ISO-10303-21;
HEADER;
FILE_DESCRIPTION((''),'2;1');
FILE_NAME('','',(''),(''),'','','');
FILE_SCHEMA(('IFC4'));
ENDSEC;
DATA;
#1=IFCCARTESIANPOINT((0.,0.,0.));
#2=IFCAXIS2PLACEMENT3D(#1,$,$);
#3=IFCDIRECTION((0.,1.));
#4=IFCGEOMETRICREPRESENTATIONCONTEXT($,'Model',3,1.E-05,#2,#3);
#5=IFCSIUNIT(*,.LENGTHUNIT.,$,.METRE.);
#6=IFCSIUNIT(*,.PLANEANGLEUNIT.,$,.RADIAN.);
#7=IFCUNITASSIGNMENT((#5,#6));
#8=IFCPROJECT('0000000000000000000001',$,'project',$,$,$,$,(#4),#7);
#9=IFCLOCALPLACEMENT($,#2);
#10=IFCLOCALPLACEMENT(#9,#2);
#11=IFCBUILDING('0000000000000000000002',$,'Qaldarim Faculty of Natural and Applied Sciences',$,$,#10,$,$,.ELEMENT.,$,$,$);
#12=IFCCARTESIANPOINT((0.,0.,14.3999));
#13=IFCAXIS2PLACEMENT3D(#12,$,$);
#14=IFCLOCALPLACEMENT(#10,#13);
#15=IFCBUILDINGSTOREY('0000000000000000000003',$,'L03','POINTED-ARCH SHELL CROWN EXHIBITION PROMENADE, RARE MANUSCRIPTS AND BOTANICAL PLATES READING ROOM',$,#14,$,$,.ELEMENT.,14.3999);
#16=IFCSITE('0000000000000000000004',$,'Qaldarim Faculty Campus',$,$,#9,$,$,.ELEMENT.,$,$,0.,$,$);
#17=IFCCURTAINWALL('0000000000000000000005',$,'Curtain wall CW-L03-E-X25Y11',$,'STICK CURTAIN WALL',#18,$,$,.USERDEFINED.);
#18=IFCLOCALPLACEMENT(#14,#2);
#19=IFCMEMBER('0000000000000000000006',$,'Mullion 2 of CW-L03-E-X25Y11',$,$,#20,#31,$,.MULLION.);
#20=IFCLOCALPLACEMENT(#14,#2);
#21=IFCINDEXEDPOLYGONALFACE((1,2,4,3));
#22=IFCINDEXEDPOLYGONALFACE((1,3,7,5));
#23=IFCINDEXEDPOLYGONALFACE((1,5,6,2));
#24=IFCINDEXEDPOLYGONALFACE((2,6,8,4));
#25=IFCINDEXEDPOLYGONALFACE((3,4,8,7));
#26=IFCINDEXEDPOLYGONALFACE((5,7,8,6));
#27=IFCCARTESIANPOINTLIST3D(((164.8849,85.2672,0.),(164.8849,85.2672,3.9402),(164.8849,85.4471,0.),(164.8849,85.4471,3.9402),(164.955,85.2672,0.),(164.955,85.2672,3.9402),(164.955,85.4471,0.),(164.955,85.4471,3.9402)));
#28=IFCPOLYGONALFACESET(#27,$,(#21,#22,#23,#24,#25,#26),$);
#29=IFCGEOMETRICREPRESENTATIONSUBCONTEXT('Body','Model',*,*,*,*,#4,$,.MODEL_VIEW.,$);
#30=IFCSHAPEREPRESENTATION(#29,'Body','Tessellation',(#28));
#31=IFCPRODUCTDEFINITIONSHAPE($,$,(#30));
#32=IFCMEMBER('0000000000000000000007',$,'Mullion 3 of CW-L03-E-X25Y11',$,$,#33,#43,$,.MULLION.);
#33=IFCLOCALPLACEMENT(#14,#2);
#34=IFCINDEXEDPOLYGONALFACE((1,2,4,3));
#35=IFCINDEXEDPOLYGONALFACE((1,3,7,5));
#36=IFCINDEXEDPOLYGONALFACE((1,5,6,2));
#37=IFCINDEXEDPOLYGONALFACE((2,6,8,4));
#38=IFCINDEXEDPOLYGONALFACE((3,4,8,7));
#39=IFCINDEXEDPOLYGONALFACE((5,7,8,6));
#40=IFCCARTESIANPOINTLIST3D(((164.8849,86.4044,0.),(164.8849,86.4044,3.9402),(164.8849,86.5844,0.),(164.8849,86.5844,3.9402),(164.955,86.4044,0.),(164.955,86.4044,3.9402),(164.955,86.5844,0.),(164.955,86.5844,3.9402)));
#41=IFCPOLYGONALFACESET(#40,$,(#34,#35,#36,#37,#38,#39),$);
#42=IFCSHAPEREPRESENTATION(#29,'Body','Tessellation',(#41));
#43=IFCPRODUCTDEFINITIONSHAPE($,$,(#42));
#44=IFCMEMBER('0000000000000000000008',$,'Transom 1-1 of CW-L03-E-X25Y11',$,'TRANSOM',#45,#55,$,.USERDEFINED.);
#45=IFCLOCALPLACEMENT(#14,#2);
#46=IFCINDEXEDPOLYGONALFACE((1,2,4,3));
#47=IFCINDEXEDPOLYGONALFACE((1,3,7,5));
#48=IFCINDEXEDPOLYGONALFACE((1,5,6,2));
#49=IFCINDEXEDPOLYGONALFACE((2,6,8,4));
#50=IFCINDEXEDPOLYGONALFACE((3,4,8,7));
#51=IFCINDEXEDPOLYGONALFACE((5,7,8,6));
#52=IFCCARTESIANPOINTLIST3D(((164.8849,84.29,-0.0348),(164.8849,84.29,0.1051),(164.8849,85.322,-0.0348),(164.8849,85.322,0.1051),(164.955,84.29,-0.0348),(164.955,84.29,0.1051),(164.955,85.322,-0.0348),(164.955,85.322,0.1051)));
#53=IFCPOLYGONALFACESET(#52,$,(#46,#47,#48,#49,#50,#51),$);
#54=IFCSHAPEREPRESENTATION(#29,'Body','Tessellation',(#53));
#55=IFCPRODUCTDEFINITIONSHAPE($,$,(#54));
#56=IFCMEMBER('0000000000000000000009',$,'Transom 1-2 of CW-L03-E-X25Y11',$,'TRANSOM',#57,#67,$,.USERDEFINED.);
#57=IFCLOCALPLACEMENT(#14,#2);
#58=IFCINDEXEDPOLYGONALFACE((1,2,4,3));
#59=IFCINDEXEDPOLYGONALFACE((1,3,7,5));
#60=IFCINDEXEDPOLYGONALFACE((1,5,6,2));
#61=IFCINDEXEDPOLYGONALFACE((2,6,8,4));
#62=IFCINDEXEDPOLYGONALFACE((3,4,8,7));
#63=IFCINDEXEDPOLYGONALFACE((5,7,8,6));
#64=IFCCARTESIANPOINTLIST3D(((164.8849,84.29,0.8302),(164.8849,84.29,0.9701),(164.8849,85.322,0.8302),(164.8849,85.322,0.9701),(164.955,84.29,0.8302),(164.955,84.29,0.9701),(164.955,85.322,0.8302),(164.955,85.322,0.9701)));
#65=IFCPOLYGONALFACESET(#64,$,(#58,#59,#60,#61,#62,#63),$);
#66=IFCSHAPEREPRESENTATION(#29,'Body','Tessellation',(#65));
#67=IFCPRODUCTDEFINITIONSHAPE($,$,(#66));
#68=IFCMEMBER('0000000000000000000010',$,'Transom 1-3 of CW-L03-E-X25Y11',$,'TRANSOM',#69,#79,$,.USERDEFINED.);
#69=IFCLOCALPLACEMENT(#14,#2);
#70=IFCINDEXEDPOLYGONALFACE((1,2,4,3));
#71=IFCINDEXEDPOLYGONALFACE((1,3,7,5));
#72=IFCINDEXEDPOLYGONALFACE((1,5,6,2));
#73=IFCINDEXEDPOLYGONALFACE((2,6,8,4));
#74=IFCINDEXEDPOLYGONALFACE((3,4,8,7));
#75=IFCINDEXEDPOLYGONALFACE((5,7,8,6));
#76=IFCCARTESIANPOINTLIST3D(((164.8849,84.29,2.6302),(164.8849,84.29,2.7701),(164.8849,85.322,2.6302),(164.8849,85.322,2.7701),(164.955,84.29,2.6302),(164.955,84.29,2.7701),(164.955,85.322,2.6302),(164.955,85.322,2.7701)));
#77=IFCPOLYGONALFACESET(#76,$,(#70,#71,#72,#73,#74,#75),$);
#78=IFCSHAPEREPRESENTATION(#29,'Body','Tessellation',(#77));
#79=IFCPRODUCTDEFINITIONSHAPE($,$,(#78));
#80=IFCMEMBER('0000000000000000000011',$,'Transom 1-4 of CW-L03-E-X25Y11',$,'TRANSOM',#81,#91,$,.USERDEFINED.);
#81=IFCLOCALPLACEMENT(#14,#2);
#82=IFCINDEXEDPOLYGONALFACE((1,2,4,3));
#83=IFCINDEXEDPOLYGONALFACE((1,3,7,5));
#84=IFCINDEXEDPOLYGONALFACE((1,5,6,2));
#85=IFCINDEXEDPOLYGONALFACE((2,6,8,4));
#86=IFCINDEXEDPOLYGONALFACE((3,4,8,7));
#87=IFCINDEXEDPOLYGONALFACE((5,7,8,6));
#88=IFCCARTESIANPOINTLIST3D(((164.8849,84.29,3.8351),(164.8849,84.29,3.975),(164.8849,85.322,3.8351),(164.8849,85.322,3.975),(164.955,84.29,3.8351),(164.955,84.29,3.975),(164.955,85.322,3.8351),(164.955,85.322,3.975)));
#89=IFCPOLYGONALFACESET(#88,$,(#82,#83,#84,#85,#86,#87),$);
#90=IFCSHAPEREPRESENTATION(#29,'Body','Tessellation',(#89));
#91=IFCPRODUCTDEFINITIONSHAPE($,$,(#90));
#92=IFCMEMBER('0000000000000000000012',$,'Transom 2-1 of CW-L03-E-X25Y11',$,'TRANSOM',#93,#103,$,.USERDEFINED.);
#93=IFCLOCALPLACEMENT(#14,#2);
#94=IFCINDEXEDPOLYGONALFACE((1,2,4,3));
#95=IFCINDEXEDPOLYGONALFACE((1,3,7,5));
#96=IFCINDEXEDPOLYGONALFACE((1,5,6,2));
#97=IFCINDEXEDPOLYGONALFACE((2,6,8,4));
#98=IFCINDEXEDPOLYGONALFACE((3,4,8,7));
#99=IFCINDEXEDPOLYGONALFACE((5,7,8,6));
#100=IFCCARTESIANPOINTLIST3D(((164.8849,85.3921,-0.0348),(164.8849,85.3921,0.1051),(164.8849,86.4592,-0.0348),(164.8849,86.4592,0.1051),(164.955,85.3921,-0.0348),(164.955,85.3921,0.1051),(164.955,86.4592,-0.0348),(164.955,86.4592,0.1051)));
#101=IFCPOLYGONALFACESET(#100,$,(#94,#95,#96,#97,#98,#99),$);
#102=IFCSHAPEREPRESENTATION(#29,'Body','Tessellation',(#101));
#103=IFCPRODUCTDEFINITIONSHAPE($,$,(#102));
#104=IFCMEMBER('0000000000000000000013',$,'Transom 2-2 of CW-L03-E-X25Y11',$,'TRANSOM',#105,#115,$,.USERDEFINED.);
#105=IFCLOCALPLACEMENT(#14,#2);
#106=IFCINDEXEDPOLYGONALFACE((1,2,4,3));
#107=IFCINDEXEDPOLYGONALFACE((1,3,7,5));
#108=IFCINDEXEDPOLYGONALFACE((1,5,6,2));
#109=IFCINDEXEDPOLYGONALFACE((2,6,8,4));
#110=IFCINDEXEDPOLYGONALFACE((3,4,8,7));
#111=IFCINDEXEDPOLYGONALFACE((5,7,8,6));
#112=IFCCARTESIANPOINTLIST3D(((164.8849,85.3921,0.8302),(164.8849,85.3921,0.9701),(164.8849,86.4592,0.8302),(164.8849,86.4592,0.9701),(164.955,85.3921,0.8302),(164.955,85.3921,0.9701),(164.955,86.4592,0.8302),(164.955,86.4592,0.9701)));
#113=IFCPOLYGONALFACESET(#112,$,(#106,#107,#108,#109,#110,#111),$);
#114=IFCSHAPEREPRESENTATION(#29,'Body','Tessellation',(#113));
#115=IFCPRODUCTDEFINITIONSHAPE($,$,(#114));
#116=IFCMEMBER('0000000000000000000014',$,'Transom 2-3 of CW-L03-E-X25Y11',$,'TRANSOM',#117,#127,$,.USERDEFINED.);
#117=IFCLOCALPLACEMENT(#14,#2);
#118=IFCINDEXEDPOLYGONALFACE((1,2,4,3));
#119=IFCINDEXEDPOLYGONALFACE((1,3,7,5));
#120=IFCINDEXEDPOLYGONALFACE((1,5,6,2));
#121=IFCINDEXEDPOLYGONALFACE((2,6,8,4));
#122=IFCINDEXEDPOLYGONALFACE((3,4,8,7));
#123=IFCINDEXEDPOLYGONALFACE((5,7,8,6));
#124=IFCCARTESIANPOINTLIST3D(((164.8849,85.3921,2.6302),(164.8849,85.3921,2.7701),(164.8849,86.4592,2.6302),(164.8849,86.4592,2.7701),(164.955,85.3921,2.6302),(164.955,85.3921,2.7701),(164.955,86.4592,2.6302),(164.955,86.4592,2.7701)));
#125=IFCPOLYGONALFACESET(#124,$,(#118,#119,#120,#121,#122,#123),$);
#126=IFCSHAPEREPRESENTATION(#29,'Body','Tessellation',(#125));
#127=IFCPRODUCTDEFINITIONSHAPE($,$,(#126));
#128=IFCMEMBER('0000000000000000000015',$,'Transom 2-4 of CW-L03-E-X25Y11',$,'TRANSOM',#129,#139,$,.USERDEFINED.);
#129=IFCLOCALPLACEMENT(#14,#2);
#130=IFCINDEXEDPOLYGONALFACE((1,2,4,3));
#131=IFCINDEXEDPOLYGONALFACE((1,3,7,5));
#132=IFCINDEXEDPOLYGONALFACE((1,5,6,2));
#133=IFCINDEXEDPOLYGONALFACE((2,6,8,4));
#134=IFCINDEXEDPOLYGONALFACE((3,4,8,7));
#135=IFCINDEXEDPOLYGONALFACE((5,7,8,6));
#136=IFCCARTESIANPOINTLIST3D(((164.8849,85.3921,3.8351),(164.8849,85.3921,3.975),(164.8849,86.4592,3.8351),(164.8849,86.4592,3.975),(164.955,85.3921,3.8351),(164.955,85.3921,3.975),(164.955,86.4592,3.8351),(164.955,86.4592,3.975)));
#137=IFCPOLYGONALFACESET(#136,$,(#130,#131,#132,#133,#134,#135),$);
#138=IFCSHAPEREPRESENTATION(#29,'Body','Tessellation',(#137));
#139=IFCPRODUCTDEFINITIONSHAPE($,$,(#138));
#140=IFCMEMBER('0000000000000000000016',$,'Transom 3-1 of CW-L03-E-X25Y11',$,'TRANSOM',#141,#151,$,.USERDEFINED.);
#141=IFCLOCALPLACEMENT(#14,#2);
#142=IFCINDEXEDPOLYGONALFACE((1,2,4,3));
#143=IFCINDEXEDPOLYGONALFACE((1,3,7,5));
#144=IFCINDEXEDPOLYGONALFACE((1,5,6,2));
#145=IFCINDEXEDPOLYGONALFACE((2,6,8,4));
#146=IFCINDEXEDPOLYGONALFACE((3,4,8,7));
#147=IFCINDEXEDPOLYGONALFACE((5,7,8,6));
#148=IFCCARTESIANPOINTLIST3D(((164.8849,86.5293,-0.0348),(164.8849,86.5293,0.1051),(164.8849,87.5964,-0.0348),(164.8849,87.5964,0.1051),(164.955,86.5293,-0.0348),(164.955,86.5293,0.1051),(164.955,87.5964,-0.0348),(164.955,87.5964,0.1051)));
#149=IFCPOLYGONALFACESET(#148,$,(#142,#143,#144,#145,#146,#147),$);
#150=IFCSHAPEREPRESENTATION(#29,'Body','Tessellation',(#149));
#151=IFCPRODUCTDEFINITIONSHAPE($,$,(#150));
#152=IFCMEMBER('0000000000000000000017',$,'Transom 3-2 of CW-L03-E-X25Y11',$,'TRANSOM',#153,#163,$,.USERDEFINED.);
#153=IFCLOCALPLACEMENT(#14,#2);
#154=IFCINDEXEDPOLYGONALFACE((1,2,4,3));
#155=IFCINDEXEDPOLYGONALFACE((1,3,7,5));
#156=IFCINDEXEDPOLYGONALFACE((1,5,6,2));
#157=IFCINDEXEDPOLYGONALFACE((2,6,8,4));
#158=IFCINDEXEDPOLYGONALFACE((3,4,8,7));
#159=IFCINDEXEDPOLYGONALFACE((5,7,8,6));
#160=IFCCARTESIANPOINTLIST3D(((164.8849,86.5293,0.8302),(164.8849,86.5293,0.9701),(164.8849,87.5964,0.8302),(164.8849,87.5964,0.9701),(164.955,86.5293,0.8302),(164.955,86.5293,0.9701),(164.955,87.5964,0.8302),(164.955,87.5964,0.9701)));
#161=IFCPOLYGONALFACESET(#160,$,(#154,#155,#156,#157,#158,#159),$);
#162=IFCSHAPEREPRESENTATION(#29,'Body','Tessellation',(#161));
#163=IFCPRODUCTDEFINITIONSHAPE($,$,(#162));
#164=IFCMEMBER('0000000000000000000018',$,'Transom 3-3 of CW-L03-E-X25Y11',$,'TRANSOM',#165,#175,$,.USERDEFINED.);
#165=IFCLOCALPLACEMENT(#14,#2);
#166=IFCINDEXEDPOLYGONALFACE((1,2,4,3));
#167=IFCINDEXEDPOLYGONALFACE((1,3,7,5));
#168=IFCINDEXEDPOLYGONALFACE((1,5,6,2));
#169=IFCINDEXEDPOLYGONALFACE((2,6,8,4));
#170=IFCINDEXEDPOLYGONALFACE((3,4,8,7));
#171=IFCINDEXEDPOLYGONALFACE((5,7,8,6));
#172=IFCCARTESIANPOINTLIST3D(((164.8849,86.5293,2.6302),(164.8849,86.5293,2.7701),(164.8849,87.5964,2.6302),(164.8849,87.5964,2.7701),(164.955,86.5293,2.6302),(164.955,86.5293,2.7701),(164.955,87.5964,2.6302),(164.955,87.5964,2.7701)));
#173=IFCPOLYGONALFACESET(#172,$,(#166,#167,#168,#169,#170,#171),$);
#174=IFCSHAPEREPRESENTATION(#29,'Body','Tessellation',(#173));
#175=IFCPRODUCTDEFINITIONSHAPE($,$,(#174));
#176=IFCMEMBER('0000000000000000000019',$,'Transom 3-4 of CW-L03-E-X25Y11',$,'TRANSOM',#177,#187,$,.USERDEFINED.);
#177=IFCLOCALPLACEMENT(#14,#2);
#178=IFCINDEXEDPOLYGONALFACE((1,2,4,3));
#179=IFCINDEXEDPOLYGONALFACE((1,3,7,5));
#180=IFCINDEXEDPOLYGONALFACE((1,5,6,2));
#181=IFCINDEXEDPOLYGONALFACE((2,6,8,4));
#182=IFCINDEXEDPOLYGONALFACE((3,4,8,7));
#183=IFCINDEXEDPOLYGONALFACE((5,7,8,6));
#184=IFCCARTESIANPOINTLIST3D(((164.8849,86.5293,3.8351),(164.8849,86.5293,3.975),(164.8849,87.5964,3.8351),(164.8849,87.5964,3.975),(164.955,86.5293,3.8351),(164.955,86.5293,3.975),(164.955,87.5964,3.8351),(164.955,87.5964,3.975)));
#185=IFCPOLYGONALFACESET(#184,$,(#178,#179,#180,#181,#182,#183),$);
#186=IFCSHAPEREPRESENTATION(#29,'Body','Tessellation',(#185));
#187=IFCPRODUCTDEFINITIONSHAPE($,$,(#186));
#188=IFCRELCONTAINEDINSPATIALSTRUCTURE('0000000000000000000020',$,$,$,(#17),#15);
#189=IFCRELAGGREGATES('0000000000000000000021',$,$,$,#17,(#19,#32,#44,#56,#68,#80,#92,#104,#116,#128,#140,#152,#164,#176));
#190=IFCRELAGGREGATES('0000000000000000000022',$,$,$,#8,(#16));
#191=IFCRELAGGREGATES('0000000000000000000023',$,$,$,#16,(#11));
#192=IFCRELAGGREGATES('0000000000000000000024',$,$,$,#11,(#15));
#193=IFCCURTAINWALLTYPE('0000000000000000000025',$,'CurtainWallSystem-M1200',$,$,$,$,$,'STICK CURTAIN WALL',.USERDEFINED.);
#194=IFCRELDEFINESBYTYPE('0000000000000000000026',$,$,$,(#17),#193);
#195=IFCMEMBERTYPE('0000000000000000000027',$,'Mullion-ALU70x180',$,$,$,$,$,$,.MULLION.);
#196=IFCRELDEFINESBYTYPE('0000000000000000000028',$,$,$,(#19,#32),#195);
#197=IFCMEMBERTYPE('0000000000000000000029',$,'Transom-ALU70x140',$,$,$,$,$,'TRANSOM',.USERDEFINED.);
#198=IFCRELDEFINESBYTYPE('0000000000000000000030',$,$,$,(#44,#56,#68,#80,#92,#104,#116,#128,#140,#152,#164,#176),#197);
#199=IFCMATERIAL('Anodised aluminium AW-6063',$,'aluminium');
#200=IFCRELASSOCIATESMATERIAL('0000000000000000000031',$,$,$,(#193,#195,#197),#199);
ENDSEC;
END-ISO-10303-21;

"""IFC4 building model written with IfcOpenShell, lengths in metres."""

from ifc_helpers import new_model, si_unit, direction, frame, origin, origin_2d, place, context, subcontext, project, spatial, rectangle, extrude, material, material_profile, profile_set, type_object, element, aggregate, save


model = new_model("IFC4")

# Units and contexts
model_context = context("Model", 3, precision=1e-05, world=origin(), true_north=direction((0.0, 1.0)))
body_context = subcontext(model_context, "Body", "Model", "MODEL_VIEW")
ifc_project = project(units=[si_unit("LENGTHUNIT", "METRE"), si_unit("PLANEANGLEUNIT", "RADIAN")], contexts=[model_context])

# Site, building, storey
site_placement = place(None, origin())
site = spatial("IfcSite", under=ifc_project, at=site_placement, Name="Qaldarim Faculty Campus", CompositionType="ELEMENT", RefElevation=0.0)
building_placement = place(site_placement, origin())
building = spatial("IfcBuilding", under=site, at=building_placement, Name="Qaldarim Faculty of Natural and Applied Sciences", CompositionType="ELEMENT")
storey_placement = place(building_placement, frame((0.0, 0.0, 14.3999)))
storey = spatial("IfcBuildingStorey", under=building, at=storey_placement, Name="L03", Description="POINTED-ARCH SHELL CROWN EXHIBITION PROMENADE, RARE MANUSCRIPTS AND BOTANICAL PLATES READING ROOM", CompositionType="ELEMENT", Elevation=14.3999)

# Curtain wall, members
ifc_material_1 = material(Name="Anodised aluminium AW-6063", Category="aluminium")
curtain_wall_type = type_object("IfcCurtainWallType", Name="CurtainWallSystem-M1200", ElementType="STICK CURTAIN WALL", PredefinedType="USERDEFINED", material=ifc_material_1)
curtain_wall_placement = place(storey_placement, origin())
curtain_wall = element("IfcCurtainWall", 1, at=curtain_wall_placement, inside=storey, type_object=curtain_wall_type, Name="Curtain wall CW-L03-E-X25Y11", ObjectType="STICK CURTAIN WALL", PredefinedType="USERDEFINED")
ifc_material_profile_1 = material_profile(ifc_material_1, rectangle(XDim=0.0701, YDim=0.1799, at=origin_2d()), Name="ALU-M70x180")
ifc_profile_set_1 = profile_set([ifc_material_profile_1], Name="Anodised aluminium AW-6063")
member_type_1 = type_object("IfcMemberType", Name="Mullion-ALU70x180", PredefinedType="MULLION", material=ifc_profile_set_1)
member_1_placement = place(storey_placement, frame((164.9199, 85.3572, 0.0), z_axis=(0.0, 0.0, 1.0), x_axis=(-1.0, 0.0, 0.0)))
member_1 = element("IfcMember", 2, at=member_1_placement, type_object=member_type_1, Name="Mullion 2 of CW-L03-E-X25Y11", PredefinedType="MULLION", context=body_context, shape_type="SweptSolid", body=[
    extrude(rectangle(XDim=0.0701, YDim=0.1799, at=origin_2d()), origin(), (0.0, 0.0, 1.0), 3.9402),
])
member_2_placement = place(storey_placement, frame((164.9199, 86.4944, 0.0), z_axis=(0.0, 0.0, 1.0), x_axis=(-1.0, 0.0, 0.0)))
member_2 = element("IfcMember", 3, at=member_2_placement, type_object=member_type_1, Name="Mullion 3 of CW-L03-E-X25Y11", PredefinedType="MULLION", context=body_context, shape_type="SweptSolid", body=[
    extrude(rectangle(XDim=0.0701, YDim=0.1799, at=origin_2d()), origin(), (0.0, 0.0, 1.0), 3.9402),
])
ifc_material_profile_2 = material_profile(ifc_material_1, rectangle(XDim=0.0701, YDim=0.1399, at=origin_2d()), Name="ALU-T70x140")
ifc_profile_set_2 = profile_set([ifc_material_profile_2], Name="Anodised aluminium AW-6063")
member_type_2 = type_object("IfcMemberType", Name="Transom-ALU70x140", ElementType="TRANSOM", PredefinedType="USERDEFINED", material=ifc_profile_set_2)
member_3_placement = place(storey_placement, frame((164.9199, 84.29, 0.0352), z_axis=(0.0, 1.0, 0.0), x_axis=(-1.0, 0.0, 0.0)))
member_3 = element("IfcMember", 4, at=member_3_placement, type_object=member_type_2, Name="Transom 1-1 of CW-L03-E-X25Y11", ObjectType="TRANSOM", PredefinedType="USERDEFINED", context=body_context, shape_type="SweptSolid", body=[
    extrude(rectangle(XDim=0.0701, YDim=0.1399, at=origin_2d()), origin(), (0.0, 0.0, 1.0), 1.032),
])
member_4_placement = place(storey_placement, frame((164.9199, 84.29, 0.9001), z_axis=(0.0, 1.0, 0.0), x_axis=(-1.0, 0.0, 0.0)))
member_4 = element("IfcMember", 5, at=member_4_placement, type_object=member_type_2, Name="Transom 1-2 of CW-L03-E-X25Y11", ObjectType="TRANSOM", PredefinedType="USERDEFINED", context=body_context, shape_type="SweptSolid", body=[
    extrude(rectangle(XDim=0.0701, YDim=0.1399, at=origin_2d()), origin(), (0.0, 0.0, 1.0), 1.032),
])
member_5_placement = place(storey_placement, frame((164.9199, 84.29, 2.7002), z_axis=(0.0, 1.0, 0.0), x_axis=(-1.0, 0.0, 0.0)))
member_5 = element("IfcMember", 6, at=member_5_placement, type_object=member_type_2, Name="Transom 1-3 of CW-L03-E-X25Y11", ObjectType="TRANSOM", PredefinedType="USERDEFINED", context=body_context, shape_type="SweptSolid", body=[
    extrude(rectangle(XDim=0.0701, YDim=0.1399, at=origin_2d()), origin(), (0.0, 0.0, 1.0), 1.032),
])
member_6_placement = place(storey_placement, frame((164.9199, 84.29, 3.905), z_axis=(0.0, 1.0, 0.0), x_axis=(-1.0, 0.0, 0.0)))
member_6 = element("IfcMember", 7, at=member_6_placement, type_object=member_type_2, Name="Transom 1-4 of CW-L03-E-X25Y11", ObjectType="TRANSOM", PredefinedType="USERDEFINED", context=body_context, shape_type="SweptSolid", body=[
    extrude(rectangle(XDim=0.0701, YDim=0.1399, at=origin_2d()), origin(), (0.0, 0.0, 1.0), 1.032),
])
member_7_placement = place(storey_placement, frame((164.9199, 85.3921, 0.0352), z_axis=(0.0, 1.0, 0.0), x_axis=(-1.0, 0.0, 0.0)))
member_7 = element("IfcMember", 8, at=member_7_placement, type_object=member_type_2, Name="Transom 2-1 of CW-L03-E-X25Y11", ObjectType="TRANSOM", PredefinedType="USERDEFINED", context=body_context, shape_type="SweptSolid", body=[
    extrude(rectangle(XDim=0.0701, YDim=0.1399, at=origin_2d()), origin(), (0.0, 0.0, 1.0), 1.0671),
])
member_8_placement = place(storey_placement, frame((164.9199, 85.3921, 0.9001), z_axis=(0.0, 1.0, 0.0), x_axis=(-1.0, 0.0, 0.0)))
member_8 = element("IfcMember", 9, at=member_8_placement, type_object=member_type_2, Name="Transom 2-2 of CW-L03-E-X25Y11", ObjectType="TRANSOM", PredefinedType="USERDEFINED", context=body_context, shape_type="SweptSolid", body=[
    extrude(rectangle(XDim=0.0701, YDim=0.1399, at=origin_2d()), origin(), (0.0, 0.0, 1.0), 1.0671),
])
member_9_placement = place(storey_placement, frame((164.9199, 85.3921, 2.7002), z_axis=(0.0, 1.0, 0.0), x_axis=(-1.0, 0.0, 0.0)))
member_9 = element("IfcMember", 10, at=member_9_placement, type_object=member_type_2, Name="Transom 2-3 of CW-L03-E-X25Y11", ObjectType="TRANSOM", PredefinedType="USERDEFINED", context=body_context, shape_type="SweptSolid", body=[
    extrude(rectangle(XDim=0.0701, YDim=0.1399, at=origin_2d()), origin(), (0.0, 0.0, 1.0), 1.0671),
])
member_10_placement = place(storey_placement, frame((164.9199, 85.3921, 3.905), z_axis=(0.0, 1.0, 0.0), x_axis=(-1.0, 0.0, 0.0)))
member_10 = element("IfcMember", 11, at=member_10_placement, type_object=member_type_2, Name="Transom 2-4 of CW-L03-E-X25Y11", ObjectType="TRANSOM", PredefinedType="USERDEFINED", context=body_context, shape_type="SweptSolid", body=[
    extrude(rectangle(XDim=0.0701, YDim=0.1399, at=origin_2d()), origin(), (0.0, 0.0, 1.0), 1.0671),
])
member_11_placement = place(storey_placement, frame((164.9199, 86.5293, 0.0352), z_axis=(0.0, 1.0, 0.0), x_axis=(-1.0, 0.0, 0.0)))
member_11 = element("IfcMember", 12, at=member_11_placement, type_object=member_type_2, Name="Transom 3-1 of CW-L03-E-X25Y11", ObjectType="TRANSOM", PredefinedType="USERDEFINED", context=body_context, shape_type="SweptSolid", body=[
    extrude(rectangle(XDim=0.0701, YDim=0.1399, at=origin_2d()), origin(), (0.0, 0.0, 1.0), 1.0671),
])
member_12_placement = place(storey_placement, frame((164.9199, 86.5293, 0.9001), z_axis=(0.0, 1.0, 0.0), x_axis=(-1.0, 0.0, 0.0)))
member_12 = element("IfcMember", 13, at=member_12_placement, type_object=member_type_2, Name="Transom 3-2 of CW-L03-E-X25Y11", ObjectType="TRANSOM", PredefinedType="USERDEFINED", context=body_context, shape_type="SweptSolid", body=[
    extrude(rectangle(XDim=0.0701, YDim=0.1399, at=origin_2d()), origin(), (0.0, 0.0, 1.0), 1.0671),
])
member_13_placement = place(storey_placement, frame((164.9199, 86.5293, 2.7002), z_axis=(0.0, 1.0, 0.0), x_axis=(-1.0, 0.0, 0.0)))
member_13 = element("IfcMember", 14, at=member_13_placement, type_object=member_type_2, Name="Transom 3-3 of CW-L03-E-X25Y11", ObjectType="TRANSOM", PredefinedType="USERDEFINED", context=body_context, shape_type="SweptSolid", body=[
    extrude(rectangle(XDim=0.0701, YDim=0.1399, at=origin_2d()), origin(), (0.0, 0.0, 1.0), 1.0671),
])
member_14_placement = place(storey_placement, frame((164.9199, 86.5293, 3.905), z_axis=(0.0, 1.0, 0.0), x_axis=(-1.0, 0.0, 0.0)))
member_14 = element("IfcMember", 15, at=member_14_placement, type_object=member_type_2, Name="Transom 3-4 of CW-L03-E-X25Y11", ObjectType="TRANSOM", PredefinedType="USERDEFINED", context=body_context, shape_type="SweptSolid", body=[
    extrude(rectangle(XDim=0.0701, YDim=0.1399, at=origin_2d()), origin(), (0.0, 0.0, 1.0), 1.0671),
])
aggregate(curtain_wall, [member_1, member_2, member_3, member_4, member_5, member_6, member_7, member_8, member_9, member_10, member_11, member_12, member_13, member_14])

save(model, "model.ifc")
